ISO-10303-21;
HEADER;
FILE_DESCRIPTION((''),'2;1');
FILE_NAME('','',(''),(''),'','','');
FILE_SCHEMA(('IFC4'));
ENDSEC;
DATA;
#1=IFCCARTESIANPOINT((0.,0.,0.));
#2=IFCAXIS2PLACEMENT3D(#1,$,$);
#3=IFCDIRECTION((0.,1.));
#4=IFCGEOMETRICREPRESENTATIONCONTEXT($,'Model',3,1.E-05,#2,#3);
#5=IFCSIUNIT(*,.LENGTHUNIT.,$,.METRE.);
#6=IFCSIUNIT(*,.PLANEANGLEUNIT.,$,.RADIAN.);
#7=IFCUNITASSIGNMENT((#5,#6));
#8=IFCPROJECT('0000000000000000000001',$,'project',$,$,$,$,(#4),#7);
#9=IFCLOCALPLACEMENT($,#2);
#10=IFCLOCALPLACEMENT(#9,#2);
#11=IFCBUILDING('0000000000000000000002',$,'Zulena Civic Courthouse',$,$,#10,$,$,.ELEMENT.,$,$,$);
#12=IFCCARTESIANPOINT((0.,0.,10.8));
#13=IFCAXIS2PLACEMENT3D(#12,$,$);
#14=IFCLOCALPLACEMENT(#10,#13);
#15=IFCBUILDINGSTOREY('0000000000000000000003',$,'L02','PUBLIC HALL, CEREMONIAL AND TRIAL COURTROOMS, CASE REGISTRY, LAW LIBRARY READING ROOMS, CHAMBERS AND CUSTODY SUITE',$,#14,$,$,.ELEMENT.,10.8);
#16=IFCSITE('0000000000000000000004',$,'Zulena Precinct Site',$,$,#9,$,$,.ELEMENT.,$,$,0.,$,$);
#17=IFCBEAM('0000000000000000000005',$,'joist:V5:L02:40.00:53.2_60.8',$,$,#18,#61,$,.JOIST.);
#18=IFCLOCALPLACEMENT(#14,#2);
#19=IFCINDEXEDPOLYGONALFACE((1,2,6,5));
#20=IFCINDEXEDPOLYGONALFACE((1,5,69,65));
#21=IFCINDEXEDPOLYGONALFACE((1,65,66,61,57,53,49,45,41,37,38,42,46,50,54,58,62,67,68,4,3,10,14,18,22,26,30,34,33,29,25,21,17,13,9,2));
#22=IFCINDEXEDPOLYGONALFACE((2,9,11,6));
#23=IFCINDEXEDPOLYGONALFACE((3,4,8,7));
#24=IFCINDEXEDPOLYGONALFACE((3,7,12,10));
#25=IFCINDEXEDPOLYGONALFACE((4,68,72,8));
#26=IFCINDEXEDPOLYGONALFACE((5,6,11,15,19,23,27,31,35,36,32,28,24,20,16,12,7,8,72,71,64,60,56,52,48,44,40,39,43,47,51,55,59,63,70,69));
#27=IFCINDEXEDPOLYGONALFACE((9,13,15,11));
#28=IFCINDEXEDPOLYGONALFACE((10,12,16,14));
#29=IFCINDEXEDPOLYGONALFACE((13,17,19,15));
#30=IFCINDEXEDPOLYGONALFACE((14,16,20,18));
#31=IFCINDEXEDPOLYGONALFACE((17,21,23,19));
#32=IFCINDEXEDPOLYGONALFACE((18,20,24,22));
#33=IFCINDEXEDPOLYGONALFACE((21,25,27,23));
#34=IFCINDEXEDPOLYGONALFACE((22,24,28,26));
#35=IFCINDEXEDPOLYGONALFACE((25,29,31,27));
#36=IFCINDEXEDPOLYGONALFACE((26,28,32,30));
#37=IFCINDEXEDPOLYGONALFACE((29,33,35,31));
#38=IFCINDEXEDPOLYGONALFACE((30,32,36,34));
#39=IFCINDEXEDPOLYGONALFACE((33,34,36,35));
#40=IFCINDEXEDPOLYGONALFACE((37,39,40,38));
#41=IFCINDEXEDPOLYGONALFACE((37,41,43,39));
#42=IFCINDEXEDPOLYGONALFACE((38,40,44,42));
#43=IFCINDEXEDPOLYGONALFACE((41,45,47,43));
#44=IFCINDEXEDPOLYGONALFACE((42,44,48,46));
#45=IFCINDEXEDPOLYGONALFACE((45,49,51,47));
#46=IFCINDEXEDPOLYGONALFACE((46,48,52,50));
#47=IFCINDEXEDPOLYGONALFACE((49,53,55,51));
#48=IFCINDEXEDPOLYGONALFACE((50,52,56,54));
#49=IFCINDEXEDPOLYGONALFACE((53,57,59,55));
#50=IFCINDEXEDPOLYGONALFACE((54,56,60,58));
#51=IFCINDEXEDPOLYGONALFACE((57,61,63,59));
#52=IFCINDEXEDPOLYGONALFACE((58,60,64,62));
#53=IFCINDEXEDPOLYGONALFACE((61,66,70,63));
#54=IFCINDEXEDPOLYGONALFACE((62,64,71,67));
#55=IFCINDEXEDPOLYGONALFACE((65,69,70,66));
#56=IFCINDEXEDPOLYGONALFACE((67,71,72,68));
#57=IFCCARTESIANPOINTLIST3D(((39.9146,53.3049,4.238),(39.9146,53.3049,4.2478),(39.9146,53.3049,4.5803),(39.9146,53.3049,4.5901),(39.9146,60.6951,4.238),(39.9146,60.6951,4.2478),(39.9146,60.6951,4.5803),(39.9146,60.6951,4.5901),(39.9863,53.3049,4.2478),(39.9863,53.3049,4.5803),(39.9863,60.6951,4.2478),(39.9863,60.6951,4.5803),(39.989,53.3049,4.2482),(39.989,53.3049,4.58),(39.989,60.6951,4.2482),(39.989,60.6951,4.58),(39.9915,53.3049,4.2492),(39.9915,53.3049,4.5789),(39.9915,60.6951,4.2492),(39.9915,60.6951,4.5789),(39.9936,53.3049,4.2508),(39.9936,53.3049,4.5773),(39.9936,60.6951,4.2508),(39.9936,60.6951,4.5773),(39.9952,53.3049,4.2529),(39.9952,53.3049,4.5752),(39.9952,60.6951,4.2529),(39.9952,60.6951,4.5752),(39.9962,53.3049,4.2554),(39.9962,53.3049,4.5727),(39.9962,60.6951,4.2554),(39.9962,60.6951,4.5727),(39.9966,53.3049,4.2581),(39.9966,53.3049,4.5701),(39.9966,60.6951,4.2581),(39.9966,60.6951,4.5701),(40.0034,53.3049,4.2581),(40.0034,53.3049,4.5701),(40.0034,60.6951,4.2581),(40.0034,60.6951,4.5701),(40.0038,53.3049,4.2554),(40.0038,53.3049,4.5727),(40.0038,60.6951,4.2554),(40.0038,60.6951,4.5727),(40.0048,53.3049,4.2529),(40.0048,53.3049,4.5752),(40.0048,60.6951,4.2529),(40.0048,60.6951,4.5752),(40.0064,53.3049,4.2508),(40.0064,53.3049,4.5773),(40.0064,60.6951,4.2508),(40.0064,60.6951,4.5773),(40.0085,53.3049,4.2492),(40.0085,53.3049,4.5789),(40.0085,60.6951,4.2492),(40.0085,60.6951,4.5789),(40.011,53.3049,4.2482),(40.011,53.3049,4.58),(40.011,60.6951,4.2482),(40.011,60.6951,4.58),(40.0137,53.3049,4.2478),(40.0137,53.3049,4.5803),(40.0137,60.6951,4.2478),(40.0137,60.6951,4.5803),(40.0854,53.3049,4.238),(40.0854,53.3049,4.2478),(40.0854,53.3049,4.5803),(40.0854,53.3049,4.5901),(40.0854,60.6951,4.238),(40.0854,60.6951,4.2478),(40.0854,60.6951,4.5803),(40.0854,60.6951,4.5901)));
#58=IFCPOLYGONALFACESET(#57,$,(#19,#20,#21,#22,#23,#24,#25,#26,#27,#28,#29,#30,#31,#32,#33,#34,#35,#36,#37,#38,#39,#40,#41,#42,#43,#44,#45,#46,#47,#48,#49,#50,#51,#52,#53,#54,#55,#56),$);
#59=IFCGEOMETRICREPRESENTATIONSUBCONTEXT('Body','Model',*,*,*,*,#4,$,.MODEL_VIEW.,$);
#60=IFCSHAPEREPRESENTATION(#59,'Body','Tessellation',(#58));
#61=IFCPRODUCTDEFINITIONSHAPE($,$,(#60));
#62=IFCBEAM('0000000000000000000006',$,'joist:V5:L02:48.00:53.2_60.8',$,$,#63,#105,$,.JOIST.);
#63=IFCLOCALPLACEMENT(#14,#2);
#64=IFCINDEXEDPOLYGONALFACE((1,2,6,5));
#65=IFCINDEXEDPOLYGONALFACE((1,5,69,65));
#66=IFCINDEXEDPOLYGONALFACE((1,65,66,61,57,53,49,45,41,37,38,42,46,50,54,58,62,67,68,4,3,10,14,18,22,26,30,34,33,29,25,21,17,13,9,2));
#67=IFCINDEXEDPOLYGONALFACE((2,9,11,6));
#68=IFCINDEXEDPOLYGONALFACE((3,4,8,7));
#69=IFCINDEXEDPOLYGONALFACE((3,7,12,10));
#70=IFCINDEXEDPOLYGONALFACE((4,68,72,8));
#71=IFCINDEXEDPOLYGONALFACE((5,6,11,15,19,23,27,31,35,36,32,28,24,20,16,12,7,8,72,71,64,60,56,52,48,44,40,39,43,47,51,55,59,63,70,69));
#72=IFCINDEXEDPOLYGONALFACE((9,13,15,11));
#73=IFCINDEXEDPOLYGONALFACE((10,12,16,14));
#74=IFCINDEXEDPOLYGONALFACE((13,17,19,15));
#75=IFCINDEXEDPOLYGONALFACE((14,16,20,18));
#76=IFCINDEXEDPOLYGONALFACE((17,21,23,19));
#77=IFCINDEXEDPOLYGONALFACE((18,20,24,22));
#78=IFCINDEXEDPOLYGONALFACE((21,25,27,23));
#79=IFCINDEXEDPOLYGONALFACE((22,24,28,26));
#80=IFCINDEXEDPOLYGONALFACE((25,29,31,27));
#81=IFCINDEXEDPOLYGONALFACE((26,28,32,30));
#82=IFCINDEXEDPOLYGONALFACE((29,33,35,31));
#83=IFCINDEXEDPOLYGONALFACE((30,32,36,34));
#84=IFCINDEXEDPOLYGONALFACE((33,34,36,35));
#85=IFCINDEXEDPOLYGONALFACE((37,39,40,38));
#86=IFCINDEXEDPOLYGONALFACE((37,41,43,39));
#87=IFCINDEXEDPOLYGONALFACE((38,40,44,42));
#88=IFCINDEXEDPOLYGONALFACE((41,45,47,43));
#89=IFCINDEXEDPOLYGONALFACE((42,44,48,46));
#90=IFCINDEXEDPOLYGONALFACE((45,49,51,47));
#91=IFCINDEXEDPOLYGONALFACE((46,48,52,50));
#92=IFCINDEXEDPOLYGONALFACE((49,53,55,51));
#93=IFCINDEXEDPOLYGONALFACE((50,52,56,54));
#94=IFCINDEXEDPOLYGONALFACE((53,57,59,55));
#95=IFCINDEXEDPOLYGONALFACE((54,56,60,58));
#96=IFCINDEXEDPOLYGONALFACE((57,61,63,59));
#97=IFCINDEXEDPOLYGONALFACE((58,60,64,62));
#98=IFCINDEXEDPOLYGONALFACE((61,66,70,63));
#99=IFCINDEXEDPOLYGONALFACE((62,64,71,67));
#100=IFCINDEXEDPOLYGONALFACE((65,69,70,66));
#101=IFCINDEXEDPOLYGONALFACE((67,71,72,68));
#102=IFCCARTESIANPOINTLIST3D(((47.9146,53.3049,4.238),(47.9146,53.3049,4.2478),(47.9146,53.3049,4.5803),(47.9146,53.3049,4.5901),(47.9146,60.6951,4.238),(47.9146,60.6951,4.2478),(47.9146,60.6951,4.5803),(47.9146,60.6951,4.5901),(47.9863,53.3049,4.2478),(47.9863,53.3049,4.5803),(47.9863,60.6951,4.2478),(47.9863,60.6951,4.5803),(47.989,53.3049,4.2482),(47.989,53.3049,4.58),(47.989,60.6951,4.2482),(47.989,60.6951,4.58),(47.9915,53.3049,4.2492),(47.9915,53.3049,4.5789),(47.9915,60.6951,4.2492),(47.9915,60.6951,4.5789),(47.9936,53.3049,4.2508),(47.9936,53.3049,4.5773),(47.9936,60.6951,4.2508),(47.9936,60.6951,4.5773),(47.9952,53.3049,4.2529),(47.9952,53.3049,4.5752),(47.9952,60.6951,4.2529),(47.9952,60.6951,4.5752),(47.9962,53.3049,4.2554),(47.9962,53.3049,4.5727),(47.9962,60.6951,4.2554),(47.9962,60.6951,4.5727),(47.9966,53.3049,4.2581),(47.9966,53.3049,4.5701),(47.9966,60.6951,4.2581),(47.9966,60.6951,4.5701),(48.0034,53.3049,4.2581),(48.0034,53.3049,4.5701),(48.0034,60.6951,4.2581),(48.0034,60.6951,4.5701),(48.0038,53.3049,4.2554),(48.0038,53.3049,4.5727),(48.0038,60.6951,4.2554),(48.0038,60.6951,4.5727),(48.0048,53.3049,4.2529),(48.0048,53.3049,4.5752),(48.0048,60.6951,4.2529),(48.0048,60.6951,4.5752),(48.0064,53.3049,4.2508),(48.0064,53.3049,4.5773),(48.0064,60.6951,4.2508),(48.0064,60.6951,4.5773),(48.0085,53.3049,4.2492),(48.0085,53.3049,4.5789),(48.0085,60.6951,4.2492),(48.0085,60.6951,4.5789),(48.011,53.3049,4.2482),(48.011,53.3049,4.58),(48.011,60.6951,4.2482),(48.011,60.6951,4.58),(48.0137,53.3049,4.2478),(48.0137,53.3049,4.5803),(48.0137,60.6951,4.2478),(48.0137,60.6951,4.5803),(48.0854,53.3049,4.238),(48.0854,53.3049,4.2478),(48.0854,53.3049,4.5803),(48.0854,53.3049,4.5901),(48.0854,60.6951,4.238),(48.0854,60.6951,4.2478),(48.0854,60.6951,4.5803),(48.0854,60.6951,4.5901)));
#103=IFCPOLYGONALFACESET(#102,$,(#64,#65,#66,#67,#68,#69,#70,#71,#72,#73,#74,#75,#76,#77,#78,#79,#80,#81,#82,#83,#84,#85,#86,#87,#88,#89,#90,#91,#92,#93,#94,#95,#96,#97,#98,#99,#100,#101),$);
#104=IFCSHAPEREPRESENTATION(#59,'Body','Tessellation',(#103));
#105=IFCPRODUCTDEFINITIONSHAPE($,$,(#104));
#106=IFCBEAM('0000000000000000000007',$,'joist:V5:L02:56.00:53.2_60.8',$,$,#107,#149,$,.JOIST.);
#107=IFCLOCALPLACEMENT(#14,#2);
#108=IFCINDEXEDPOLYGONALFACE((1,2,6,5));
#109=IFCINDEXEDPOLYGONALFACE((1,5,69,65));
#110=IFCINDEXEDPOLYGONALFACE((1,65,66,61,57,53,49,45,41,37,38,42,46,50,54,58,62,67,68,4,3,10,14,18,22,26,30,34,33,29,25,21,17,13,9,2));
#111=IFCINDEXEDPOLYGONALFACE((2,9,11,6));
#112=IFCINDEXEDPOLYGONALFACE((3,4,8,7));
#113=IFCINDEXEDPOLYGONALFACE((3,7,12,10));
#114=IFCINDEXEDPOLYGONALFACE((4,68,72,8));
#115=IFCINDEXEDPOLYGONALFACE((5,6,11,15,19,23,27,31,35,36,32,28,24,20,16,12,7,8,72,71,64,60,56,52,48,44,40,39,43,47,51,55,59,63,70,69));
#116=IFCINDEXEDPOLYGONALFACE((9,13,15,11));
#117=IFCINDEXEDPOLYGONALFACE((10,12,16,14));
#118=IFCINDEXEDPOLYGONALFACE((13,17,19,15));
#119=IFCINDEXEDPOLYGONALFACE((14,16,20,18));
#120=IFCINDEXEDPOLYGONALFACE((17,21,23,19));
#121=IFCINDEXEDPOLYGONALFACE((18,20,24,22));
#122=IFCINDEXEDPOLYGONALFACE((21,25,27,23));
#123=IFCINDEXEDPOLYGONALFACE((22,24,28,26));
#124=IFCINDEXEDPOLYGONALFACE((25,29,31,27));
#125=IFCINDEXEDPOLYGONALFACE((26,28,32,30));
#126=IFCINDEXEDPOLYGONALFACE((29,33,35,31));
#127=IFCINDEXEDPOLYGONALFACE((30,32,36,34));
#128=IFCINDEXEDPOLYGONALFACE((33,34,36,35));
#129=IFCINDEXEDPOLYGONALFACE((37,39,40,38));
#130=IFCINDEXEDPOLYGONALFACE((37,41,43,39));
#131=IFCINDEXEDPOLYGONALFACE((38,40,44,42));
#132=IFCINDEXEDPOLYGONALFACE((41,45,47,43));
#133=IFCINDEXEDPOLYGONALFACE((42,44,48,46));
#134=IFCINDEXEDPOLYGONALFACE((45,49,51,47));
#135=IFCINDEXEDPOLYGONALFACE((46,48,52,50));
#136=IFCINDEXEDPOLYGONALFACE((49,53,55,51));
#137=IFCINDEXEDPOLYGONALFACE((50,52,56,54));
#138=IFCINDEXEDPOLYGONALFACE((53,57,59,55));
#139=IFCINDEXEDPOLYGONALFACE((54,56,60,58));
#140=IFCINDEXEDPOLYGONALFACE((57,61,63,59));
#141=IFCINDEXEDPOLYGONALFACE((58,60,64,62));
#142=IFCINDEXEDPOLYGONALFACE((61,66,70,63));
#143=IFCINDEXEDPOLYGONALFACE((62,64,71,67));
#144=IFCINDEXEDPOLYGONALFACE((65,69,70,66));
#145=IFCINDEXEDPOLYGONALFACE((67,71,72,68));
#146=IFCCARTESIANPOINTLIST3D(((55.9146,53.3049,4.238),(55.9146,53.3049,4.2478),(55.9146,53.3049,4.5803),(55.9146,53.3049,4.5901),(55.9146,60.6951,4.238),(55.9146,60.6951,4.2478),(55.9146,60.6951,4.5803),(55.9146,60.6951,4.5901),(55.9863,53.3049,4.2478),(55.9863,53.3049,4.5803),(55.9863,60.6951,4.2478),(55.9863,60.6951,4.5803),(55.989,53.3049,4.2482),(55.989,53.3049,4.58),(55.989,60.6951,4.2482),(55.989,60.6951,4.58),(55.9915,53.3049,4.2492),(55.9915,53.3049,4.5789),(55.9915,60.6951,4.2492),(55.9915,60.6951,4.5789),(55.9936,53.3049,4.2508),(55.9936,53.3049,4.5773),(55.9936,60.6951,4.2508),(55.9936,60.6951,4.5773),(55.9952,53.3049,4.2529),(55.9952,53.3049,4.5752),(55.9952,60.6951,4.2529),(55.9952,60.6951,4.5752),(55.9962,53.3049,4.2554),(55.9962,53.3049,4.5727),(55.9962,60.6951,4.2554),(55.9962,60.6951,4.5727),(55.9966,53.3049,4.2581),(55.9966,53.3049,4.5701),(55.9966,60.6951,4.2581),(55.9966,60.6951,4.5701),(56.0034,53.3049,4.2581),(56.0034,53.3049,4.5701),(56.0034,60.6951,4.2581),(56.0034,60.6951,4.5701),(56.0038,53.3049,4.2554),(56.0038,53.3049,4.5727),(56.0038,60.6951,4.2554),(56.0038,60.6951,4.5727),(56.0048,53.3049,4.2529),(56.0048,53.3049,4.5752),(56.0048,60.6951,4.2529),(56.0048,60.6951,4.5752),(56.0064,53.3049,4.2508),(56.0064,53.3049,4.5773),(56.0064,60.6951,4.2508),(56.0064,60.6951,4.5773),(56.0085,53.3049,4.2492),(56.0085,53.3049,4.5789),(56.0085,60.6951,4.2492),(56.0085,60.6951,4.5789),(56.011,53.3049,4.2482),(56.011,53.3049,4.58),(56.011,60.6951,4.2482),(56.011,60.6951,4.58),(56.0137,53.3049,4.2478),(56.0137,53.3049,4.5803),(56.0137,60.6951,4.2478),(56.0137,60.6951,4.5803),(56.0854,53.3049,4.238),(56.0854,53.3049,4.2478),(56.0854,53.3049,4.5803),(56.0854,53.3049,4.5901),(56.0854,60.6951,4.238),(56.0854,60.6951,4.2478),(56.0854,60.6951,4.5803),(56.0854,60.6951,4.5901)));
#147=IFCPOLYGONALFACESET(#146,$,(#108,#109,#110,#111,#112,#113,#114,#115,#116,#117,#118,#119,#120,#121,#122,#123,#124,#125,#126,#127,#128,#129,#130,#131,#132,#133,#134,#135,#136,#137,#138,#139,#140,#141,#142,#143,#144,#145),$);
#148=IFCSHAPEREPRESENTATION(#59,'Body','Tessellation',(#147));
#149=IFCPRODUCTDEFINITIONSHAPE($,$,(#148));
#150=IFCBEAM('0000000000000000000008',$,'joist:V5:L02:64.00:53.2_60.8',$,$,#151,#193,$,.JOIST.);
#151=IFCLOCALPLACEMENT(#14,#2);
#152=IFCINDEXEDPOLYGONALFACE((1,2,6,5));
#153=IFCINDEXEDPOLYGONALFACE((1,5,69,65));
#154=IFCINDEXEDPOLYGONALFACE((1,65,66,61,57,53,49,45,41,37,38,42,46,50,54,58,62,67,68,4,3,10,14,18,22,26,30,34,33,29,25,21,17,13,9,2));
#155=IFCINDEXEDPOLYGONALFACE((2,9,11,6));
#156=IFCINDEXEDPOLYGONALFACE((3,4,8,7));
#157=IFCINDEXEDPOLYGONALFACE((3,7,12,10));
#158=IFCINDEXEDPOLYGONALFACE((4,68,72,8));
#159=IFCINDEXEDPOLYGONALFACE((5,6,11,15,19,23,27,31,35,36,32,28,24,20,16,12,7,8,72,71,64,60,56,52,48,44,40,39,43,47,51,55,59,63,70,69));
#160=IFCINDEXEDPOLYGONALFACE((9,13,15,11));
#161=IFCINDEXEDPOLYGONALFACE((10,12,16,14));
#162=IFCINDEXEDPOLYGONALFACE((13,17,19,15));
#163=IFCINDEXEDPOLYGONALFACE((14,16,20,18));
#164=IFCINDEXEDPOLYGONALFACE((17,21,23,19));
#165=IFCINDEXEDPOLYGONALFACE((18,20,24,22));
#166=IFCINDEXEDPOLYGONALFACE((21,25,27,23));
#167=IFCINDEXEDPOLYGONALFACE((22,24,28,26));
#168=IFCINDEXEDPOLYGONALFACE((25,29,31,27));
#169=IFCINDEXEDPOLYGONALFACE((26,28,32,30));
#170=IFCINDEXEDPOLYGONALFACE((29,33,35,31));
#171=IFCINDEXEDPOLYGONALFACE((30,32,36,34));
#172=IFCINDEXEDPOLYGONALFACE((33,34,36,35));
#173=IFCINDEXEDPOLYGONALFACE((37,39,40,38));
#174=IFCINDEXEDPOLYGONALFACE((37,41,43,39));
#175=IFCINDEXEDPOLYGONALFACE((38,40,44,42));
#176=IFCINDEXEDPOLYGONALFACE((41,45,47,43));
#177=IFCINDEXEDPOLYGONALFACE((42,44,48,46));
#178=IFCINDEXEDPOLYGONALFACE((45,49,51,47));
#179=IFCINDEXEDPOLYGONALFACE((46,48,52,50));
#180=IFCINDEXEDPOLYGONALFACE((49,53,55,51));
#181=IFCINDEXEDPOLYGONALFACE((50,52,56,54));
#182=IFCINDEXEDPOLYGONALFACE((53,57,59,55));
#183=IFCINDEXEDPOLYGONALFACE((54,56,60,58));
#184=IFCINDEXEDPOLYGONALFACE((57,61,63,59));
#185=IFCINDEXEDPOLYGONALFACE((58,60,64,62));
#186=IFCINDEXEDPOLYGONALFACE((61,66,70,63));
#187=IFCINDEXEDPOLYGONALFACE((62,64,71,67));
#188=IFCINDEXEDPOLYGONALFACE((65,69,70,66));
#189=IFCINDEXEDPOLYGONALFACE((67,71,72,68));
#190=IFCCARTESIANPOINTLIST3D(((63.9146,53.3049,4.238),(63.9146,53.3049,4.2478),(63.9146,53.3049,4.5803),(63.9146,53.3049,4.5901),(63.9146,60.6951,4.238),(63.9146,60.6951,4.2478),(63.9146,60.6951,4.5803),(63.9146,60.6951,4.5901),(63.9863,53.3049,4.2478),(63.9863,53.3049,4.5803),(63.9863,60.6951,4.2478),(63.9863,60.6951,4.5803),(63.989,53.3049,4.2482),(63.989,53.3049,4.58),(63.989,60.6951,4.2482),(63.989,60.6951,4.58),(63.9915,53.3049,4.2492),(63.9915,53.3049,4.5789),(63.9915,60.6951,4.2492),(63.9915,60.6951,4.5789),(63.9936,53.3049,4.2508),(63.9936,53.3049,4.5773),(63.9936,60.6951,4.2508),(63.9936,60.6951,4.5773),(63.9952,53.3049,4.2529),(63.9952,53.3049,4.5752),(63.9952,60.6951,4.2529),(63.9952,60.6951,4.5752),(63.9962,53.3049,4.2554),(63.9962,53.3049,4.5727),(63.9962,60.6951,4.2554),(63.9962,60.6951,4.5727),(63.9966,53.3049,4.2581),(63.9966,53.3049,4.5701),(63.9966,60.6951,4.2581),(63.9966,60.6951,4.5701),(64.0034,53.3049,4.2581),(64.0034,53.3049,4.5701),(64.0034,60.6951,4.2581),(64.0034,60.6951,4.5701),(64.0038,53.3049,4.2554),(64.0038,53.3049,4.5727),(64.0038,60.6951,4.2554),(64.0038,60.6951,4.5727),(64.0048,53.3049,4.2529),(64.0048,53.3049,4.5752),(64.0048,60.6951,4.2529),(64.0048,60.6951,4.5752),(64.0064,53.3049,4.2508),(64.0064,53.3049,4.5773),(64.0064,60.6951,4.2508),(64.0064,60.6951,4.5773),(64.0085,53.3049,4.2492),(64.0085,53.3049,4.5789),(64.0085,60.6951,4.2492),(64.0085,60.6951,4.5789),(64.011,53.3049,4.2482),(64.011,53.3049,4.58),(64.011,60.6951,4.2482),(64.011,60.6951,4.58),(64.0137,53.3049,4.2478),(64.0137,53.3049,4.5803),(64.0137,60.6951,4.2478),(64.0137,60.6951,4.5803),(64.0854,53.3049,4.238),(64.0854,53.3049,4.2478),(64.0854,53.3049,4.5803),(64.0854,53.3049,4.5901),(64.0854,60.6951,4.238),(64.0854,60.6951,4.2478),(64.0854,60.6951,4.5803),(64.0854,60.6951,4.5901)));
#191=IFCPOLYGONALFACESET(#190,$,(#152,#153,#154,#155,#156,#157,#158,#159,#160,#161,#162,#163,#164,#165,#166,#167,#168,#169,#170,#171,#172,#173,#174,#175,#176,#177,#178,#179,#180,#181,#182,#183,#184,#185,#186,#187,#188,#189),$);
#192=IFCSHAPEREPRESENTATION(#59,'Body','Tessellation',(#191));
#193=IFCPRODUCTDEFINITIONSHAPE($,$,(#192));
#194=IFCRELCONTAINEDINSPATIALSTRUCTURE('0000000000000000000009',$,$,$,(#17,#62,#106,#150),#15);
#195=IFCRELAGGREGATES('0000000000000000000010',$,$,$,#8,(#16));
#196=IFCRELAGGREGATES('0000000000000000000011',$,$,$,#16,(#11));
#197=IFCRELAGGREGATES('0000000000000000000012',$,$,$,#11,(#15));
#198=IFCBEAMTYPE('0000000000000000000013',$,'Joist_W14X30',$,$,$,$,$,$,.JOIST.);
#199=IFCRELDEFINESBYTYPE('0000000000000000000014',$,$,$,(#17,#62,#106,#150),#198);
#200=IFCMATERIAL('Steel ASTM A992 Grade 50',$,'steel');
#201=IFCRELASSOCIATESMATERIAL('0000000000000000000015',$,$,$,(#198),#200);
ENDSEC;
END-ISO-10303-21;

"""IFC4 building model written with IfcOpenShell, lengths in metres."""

from ifc_helpers import new_model, si_unit, direction, frame, origin, origin_2d, place, context, subcontext, project, spatial, i_section, extrude, material, material_profile, profile_set, type_object, element, save


model = new_model("IFC4")

# Units and contexts
model_context = context("Model", 3, precision=1e-05, world=origin(), true_north=direction((0.0, 1.0)))
body_context = subcontext(model_context, "Body", "Model", "MODEL_VIEW")
ifc_project = project(units=[si_unit("LENGTHUNIT", "METRE"), si_unit("PLANEANGLEUNIT", "RADIAN")], contexts=[model_context])

# Site, building, storey
site_placement = place(None, origin())
site = spatial("IfcSite", under=ifc_project, at=site_placement, Name="Zulena Precinct Site", CompositionType="ELEMENT", RefElevation=0.0)
building_placement = place(site_placement, origin())
building = spatial("IfcBuilding", under=site, at=building_placement, Name="Zulena Civic Courthouse", CompositionType="ELEMENT")
storey_placement = place(building_placement, frame((0.0, 0.0, 10.8)))
storey = spatial("IfcBuildingStorey", under=building, at=storey_placement, Name="L02", Description="PUBLIC HALL, CEREMONIAL AND TRIAL COURTROOMS, CASE REGISTRY, LAW LIBRARY READING ROOMS, CHAMBERS AND CUSTODY SUITE", CompositionType="ELEMENT", Elevation=10.8)

# Shared definitions
ifc_material_1 = material(Name="Steel ASTM A992 Grade 50", Category="steel")

# Beams
ifc_material_profile_1 = material_profile(ifc_material_1, i_section(OverallWidth=0.1709, OverallDepth=0.3521, WebThickness=0.0068, FlangeThickness=0.0098, FilletRadius=0.0103, at=origin_2d()), Name="W14X30")
ifc_profile_set_1 = profile_set([ifc_material_profile_1], Name="Steel ASTM A992 Grade 50")
beam_type_1 = type_object("IfcBeamType", Name="Joist_W14X30", PredefinedType="JOIST", material=ifc_profile_set_1)
for number, where, z_axis, x_axis, name in (
    (1, (40.0, 53.3049, 4.4141), (0.0, 1.0, 0.0), (-1.0, 0.0, 0.0), "joist:V5:L02:40.00:53.2_60.8"),
    (2, (48.0, 53.3049, 4.4141), (0.0, 1.0, 0.0), (-1.0, 0.0, 0.0), "joist:V5:L02:48.00:53.2_60.8"),
    (3, (56.0, 53.3049, 4.4141), (0.0, 1.0, 0.0), (-1.0, 0.0, 0.0), "joist:V5:L02:56.00:53.2_60.8"),
    (4, (64.0, 53.3049, 4.4141), (0.0, 1.0, 0.0), (-1.0, 0.0, 0.0), "joist:V5:L02:64.00:53.2_60.8"),
):
    element("IfcBeam", number, at=place(storey_placement, frame(where, z_axis=z_axis, x_axis=x_axis)), inside=storey, type_object=beam_type_1, Name=name, PredefinedType="JOIST", context=body_context, shape_type="SweptSolid", body=[
        extrude(i_section(OverallWidth=0.1709, OverallDepth=0.3521, WebThickness=0.0068, FlangeThickness=0.0098, FilletRadius=0.0103, at=origin_2d()), origin(), (0.0, 0.0, 1.0), 7.3901),
    ])

save(model, "model.ifc")
